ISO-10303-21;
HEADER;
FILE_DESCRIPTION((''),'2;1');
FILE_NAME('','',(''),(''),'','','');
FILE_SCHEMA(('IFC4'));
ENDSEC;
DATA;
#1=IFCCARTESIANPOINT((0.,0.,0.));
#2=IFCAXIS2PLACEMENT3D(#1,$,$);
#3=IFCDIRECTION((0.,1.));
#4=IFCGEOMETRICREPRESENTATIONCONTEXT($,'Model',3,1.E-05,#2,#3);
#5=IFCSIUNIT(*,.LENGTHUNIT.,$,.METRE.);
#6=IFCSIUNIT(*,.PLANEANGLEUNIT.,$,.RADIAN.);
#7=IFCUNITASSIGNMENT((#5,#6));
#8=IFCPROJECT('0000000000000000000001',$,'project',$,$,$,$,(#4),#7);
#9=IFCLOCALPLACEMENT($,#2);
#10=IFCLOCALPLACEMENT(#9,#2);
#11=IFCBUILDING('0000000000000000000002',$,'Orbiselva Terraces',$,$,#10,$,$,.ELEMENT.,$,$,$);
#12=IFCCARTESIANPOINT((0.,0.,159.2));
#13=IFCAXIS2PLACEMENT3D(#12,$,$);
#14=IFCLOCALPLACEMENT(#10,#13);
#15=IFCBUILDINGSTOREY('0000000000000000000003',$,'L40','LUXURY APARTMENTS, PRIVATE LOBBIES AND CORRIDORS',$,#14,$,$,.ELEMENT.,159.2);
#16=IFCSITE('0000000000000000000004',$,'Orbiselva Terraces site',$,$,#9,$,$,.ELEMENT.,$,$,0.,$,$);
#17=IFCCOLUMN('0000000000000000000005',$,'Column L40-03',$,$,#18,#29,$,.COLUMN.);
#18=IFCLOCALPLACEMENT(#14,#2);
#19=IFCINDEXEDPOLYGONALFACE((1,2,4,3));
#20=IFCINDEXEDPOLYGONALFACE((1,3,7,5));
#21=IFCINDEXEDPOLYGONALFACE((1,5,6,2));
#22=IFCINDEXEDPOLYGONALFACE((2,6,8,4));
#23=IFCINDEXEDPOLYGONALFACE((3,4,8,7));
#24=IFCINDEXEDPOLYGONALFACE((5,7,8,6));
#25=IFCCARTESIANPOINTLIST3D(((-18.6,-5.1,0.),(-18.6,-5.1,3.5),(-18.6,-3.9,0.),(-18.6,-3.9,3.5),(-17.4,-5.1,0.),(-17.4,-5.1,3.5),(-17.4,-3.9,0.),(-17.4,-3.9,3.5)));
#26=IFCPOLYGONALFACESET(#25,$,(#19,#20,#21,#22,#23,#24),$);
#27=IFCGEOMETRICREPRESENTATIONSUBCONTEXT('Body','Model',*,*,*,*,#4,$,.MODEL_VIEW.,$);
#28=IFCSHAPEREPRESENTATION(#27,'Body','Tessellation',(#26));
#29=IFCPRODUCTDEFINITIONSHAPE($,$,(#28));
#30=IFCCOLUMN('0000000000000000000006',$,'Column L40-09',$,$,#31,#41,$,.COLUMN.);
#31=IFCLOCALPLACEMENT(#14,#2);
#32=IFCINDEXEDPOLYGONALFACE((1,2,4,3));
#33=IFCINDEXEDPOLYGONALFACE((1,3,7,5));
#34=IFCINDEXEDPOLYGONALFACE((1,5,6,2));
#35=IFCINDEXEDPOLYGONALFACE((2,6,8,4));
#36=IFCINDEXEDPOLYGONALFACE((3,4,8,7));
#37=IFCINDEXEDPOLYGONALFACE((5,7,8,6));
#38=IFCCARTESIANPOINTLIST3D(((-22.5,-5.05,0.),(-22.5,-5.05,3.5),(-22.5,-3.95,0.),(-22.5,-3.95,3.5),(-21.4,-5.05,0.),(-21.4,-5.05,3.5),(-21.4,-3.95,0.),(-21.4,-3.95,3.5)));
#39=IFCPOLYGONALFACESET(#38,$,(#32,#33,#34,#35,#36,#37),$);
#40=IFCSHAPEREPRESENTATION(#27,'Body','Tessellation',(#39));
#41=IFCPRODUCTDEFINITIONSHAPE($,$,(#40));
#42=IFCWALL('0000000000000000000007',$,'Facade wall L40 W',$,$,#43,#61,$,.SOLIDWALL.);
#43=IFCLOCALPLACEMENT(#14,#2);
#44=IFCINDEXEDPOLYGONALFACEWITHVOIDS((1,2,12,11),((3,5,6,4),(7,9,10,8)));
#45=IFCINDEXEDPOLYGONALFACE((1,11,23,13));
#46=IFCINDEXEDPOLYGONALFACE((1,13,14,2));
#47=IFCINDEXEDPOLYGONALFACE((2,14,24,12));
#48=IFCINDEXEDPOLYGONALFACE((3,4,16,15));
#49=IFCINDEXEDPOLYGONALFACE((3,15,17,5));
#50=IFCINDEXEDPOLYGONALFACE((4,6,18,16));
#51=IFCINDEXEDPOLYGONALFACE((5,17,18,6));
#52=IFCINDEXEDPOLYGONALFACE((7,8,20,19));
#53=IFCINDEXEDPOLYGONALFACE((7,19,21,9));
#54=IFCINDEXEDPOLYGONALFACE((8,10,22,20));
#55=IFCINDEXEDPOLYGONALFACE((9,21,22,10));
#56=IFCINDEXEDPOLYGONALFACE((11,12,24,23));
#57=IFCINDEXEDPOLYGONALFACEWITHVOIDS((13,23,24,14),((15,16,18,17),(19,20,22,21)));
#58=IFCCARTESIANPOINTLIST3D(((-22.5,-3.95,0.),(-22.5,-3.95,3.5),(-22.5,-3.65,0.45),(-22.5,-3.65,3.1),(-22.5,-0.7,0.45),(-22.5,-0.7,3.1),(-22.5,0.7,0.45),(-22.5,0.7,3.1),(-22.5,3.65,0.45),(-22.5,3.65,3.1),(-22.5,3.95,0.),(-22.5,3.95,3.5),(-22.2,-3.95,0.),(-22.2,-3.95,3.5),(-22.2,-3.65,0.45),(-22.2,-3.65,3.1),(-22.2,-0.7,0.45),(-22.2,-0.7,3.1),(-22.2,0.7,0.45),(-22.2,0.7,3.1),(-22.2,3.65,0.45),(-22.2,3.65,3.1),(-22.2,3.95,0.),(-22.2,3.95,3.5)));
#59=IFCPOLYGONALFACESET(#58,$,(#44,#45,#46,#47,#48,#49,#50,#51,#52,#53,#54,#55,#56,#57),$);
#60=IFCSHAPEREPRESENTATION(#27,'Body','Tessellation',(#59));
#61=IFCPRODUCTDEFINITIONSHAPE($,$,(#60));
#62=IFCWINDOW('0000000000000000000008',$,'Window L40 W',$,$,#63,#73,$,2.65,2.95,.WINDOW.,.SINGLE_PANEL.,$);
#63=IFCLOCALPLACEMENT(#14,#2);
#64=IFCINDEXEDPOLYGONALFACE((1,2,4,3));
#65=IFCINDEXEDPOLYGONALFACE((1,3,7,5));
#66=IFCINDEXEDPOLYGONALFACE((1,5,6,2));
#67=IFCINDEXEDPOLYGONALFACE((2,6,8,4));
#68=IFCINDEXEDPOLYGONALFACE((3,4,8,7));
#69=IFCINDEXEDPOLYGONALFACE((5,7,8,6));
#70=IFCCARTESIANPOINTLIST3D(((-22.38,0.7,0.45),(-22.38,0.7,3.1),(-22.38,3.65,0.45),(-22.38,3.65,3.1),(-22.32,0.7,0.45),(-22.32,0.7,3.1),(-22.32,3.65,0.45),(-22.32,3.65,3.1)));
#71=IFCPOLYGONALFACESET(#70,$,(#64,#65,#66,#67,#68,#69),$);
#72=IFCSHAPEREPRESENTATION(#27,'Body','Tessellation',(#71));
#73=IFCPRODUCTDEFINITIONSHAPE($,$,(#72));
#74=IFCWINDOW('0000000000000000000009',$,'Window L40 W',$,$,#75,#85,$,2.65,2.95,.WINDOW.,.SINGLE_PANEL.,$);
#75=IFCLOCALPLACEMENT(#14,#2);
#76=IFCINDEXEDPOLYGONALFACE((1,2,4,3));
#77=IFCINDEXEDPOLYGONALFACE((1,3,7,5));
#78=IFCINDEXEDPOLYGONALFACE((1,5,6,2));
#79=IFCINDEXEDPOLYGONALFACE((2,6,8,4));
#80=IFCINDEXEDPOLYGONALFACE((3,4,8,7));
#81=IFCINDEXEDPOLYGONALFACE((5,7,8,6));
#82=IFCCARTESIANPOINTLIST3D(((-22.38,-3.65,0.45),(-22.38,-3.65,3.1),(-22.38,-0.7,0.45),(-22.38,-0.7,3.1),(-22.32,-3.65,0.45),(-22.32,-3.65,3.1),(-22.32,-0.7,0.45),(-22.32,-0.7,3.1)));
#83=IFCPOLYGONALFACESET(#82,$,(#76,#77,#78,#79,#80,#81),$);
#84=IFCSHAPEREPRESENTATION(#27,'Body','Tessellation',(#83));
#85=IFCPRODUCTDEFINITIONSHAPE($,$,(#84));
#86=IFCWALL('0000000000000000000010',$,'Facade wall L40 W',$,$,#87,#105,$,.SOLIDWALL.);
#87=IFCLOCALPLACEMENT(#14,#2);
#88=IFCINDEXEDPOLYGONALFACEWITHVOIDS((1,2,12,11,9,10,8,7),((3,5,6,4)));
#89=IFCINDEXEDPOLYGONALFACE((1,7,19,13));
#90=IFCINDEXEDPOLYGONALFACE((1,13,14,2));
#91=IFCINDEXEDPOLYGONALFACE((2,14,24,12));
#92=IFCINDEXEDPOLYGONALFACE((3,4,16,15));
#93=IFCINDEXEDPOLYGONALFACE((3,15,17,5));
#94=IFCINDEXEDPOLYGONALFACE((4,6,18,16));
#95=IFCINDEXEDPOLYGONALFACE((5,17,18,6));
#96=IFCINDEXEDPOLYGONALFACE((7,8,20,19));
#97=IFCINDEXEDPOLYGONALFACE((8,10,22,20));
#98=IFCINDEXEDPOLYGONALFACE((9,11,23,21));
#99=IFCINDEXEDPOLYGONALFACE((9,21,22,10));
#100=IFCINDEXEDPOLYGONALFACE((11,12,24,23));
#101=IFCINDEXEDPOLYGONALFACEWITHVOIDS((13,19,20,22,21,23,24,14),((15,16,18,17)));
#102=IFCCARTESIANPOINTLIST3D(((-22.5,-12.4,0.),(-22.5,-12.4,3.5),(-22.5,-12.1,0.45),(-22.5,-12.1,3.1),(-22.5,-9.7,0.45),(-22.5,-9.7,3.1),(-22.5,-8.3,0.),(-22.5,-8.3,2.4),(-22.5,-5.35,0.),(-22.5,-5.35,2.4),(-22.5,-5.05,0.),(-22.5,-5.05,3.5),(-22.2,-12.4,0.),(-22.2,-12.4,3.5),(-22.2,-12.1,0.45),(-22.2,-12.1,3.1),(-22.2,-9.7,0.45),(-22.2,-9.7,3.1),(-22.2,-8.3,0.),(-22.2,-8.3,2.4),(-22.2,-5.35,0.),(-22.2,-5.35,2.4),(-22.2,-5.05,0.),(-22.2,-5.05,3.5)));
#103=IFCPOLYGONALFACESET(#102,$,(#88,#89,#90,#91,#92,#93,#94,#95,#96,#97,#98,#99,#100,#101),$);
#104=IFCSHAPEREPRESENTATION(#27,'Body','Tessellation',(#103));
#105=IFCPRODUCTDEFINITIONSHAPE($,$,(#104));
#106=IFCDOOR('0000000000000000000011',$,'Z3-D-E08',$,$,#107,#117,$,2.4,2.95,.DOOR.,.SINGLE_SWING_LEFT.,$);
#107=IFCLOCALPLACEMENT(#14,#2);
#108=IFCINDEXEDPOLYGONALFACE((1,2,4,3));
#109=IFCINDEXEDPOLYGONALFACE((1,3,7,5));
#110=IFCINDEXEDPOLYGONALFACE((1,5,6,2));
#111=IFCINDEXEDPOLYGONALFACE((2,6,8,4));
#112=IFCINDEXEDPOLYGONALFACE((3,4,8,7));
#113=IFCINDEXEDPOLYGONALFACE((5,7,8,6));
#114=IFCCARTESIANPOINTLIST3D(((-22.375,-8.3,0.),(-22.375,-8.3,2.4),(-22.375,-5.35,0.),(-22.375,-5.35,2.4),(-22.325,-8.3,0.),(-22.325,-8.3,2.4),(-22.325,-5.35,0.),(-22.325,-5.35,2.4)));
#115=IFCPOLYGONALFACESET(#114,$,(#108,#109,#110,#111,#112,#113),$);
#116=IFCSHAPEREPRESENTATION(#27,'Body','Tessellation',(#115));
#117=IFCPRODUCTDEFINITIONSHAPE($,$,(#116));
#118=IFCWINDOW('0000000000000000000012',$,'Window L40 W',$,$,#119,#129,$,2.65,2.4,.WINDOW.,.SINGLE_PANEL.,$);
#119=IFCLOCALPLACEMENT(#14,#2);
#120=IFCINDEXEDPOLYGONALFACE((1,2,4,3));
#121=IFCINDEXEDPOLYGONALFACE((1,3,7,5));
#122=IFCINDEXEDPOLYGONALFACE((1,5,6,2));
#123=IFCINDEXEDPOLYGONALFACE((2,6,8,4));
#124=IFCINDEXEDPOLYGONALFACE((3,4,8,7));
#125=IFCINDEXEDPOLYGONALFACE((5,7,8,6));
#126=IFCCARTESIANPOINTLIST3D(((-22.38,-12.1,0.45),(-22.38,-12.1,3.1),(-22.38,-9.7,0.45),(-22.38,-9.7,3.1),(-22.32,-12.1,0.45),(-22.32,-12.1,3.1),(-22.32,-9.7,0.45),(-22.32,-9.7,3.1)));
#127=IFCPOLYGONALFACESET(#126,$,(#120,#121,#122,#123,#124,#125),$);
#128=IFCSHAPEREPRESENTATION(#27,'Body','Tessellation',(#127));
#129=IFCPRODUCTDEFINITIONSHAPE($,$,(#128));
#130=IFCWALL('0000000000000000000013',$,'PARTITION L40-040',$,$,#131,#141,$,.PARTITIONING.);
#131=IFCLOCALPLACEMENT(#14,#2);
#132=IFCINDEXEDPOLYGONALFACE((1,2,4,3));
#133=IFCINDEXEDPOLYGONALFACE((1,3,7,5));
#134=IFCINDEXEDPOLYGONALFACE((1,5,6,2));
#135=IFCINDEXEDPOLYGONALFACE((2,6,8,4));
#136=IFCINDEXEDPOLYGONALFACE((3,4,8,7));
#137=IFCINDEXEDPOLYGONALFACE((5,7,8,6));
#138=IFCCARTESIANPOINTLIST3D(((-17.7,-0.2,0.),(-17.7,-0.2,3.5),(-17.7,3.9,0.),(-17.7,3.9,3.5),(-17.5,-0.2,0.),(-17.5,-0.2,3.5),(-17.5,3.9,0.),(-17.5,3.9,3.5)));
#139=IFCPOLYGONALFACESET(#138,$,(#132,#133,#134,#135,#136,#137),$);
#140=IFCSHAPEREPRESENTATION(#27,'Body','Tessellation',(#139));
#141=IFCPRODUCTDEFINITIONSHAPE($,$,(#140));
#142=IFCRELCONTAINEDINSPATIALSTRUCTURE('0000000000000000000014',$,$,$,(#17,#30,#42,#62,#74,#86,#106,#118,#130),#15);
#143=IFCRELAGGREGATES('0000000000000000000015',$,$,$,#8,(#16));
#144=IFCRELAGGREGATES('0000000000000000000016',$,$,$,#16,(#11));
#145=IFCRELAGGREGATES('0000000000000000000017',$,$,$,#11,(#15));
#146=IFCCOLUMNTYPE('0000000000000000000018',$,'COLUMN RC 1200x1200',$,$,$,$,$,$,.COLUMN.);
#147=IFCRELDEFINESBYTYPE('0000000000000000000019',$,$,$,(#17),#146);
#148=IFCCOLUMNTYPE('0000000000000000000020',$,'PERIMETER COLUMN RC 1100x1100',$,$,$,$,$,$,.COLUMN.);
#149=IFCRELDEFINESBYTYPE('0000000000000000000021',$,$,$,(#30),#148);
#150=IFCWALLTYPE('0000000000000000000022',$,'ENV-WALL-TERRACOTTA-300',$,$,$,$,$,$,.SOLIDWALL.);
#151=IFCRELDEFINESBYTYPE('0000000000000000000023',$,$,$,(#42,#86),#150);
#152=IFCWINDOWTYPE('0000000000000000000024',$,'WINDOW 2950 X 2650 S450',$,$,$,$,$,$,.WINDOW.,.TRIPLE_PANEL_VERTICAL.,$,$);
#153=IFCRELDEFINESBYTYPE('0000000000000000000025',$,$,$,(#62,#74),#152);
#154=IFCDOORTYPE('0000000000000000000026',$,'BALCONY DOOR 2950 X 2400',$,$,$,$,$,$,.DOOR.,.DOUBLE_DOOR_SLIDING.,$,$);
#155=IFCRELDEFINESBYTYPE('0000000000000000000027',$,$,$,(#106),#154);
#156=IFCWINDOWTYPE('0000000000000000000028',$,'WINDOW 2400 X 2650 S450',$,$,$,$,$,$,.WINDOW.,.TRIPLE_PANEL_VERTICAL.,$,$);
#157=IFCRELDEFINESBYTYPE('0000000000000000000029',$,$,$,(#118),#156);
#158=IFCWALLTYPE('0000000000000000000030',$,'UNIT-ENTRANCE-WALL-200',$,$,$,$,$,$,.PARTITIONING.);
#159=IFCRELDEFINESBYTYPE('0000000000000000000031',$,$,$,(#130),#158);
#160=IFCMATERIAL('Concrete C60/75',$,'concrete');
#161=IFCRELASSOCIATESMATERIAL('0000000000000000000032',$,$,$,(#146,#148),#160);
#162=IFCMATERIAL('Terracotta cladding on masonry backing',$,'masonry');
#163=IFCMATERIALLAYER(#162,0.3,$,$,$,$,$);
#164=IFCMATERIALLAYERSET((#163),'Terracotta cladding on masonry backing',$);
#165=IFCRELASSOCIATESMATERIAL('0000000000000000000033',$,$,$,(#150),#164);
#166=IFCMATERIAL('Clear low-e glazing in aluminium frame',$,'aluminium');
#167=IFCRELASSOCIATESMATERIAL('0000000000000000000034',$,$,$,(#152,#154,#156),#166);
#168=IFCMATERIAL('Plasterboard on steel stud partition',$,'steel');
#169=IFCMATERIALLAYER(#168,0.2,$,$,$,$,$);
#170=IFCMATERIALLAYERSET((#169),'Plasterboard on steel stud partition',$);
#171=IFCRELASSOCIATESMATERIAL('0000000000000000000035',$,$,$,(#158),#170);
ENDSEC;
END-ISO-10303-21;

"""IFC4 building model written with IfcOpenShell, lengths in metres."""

from ifc_helpers import new_model, si_unit, direction, frame, frame_2d, origin, origin_2d, place, context, subcontext, project, spatial, rectangle, extrude, material, layer, layer_set, material_profile, profile_set, type_object, element, fill, save


model = new_model("IFC4")

# Units and contexts
model_context = context("Model", 3, precision=1e-05, world=origin(), true_north=direction((0.0, 1.0)))
body_context = subcontext(model_context, "Body", "Model", "MODEL_VIEW")
ifc_project = project(units=[si_unit("LENGTHUNIT", "METRE"), si_unit("PLANEANGLEUNIT", "RADIAN")], contexts=[model_context])

# Site, building, storey
site_placement = place(None, origin())
site = spatial("IfcSite", under=ifc_project, at=site_placement, Name="Orbiselva Terraces site", CompositionType="ELEMENT", RefElevation=0.0)
building_placement = place(site_placement, origin())
building = spatial("IfcBuilding", under=site, at=building_placement, Name="Orbiselva Terraces", CompositionType="ELEMENT")
storey_placement = place(building_placement, frame((0.0, 0.0, 159.2)))
storey = spatial("IfcBuildingStorey", under=building, at=storey_placement, Name="L40", Description="LUXURY APARTMENTS, PRIVATE LOBBIES AND CORRIDORS", CompositionType="ELEMENT", Elevation=159.2)

# Columns
ifc_material_1 = material(Name="Concrete C60/75", Category="concrete")
ifc_material_profile_1 = material_profile(ifc_material_1, rectangle(XDim=1.2, YDim=1.2, at=origin_2d()), Name="RC 1200x1200")
ifc_profile_set_1 = profile_set([ifc_material_profile_1], Name="Concrete C60/75")
column_type_1 = type_object("IfcColumnType", Name="COLUMN RC 1200x1200", PredefinedType="COLUMN", material=ifc_profile_set_1)
column_1_placement = place(storey_placement, frame((-18.0, -4.5, 0.0), z_axis=(0.0, 0.0, 1.0), x_axis=(1.0, 0.0, 0.0)))
element("IfcColumn", 1, at=column_1_placement, inside=storey, type_object=column_type_1, Name="Column L40-03", PredefinedType="COLUMN", context=body_context, shape_type="SweptSolid", body=[
    extrude(rectangle(XDim=1.2, YDim=1.2, at=origin_2d()), origin(), (0.0, 0.0, 1.0), 3.5),
])
ifc_material_profile_2 = material_profile(ifc_material_1, rectangle(XDim=1.1, YDim=1.1, at=origin_2d()), Name="RC 1100x1100")
ifc_profile_set_2 = profile_set([ifc_material_profile_2], Name="Concrete C60/75")
column_type_2 = type_object("IfcColumnType", Name="PERIMETER COLUMN RC 1100x1100", PredefinedType="COLUMN", material=ifc_profile_set_2)
column_2_placement = place(storey_placement, frame((-21.95, -4.5, 0.0), z_axis=(0.0, 0.0, 1.0), x_axis=(1.0, 0.0, 0.0)))
element("IfcColumn", 2, at=column_2_placement, inside=storey, type_object=column_type_2, Name="Column L40-09", PredefinedType="COLUMN", context=body_context, shape_type="SweptSolid", body=[
    extrude(rectangle(XDim=1.1, YDim=1.1, at=origin_2d()), origin(), (0.0, 0.0, 1.0), 3.5),
])

# Wall, openings, windows
ifc_material_2 = material(Name="Terracotta cladding on masonry backing", Category="masonry")
ifc_layer_1 = layer(ifc_material_2, 0.3)
ifc_layer_set_1 = layer_set([ifc_layer_1], Name="Terracotta cladding on masonry backing")
wall_type_1 = type_object("IfcWallType", Name="ENV-WALL-TERRACOTTA-300", PredefinedType="SOLIDWALL", material=ifc_layer_set_1)
wall_1_placement = place(storey_placement, frame((-22.35, -3.95, 0.0), z_axis=(0.0, 0.0, 1.0), x_axis=(0.0, 1.0, 0.0)))
wall_1 = element("IfcWall", 3, at=wall_1_placement, inside=storey, type_object=wall_type_1, Name="Facade wall L40 W", PredefinedType="SOLIDWALL", context=body_context, shape_type="SweptSolid", body=[
    extrude(rectangle(XDim=7.9, YDim=0.3, at=frame_2d((3.95, 0.0))), origin(), (0.0, 0.0, 1.0), 3.5),
])
opening_1_placement = place(wall_1_placement, frame((4.65, 0.0, 0.45)))
opening_1 = element("IfcOpeningElement", 4, at=opening_1_placement, cuts=wall_1, PredefinedType="OPENING", context=body_context, shape_type="SweptSolid", body=[
    extrude(rectangle(XDim=2.95, YDim=2.65, at=frame_2d((1.475, 1.325))), frame((0.0, 0.16, 0.0), z_axis=(0.0, -1.0, 0.0), x_axis=(1.0, 0.0, 0.0)), (0.0, 0.0, 1.0), 0.32),
])
opening_2_placement = place(wall_1_placement, frame((0.3, 0.0, 0.45)))
opening_2 = element("IfcOpeningElement", 5, at=opening_2_placement, cuts=wall_1, PredefinedType="OPENING", context=body_context, shape_type="SweptSolid", body=[
    extrude(rectangle(XDim=2.95, YDim=2.65, at=frame_2d((1.475, 1.325))), frame((0.0, 0.16, 0.0), z_axis=(0.0, -1.0, 0.0), x_axis=(1.0, 0.0, 0.0)), (0.0, 0.0, 1.0), 0.32),
])
ifc_material_3 = material(Name="Clear low-e glazing in aluminium frame", Category="aluminium")
window_type_1 = type_object("IfcWindowType", Name="WINDOW 2950 X 2650 S450", PartitioningType="TRIPLE_PANEL_VERTICAL", PredefinedType="WINDOW", material=ifc_material_3)
window_1_placement = place(opening_1_placement, origin())
window_1 = element("IfcWindow", 6, at=window_1_placement, inside=storey, type_object=window_type_1, Name="Window L40 W", OverallHeight=2.65, OverallWidth=2.95, PartitioningType="SINGLE_PANEL", PredefinedType="WINDOW", context=body_context, shape_type="SweptSolid", body=[
    extrude(rectangle(XDim=2.95, YDim=2.65, at=frame_2d((1.475, 1.325))), frame((0.0, 0.03, 0.0), z_axis=(0.0, -1.0, 0.0), x_axis=(1.0, 0.0, 0.0)), (0.0, 0.0, 1.0), 0.06),
])
fill(opening_1, window_1)
window_2_placement = place(opening_2_placement, origin())
window_2 = element("IfcWindow", 7, at=window_2_placement, inside=storey, type_object=window_type_1, Name="Window L40 W", OverallHeight=2.65, OverallWidth=2.95, PartitioningType="SINGLE_PANEL", PredefinedType="WINDOW", context=body_context, shape_type="SweptSolid", body=[
    extrude(rectangle(XDim=2.95, YDim=2.65, at=frame_2d((1.475, 1.325))), frame((0.0, 0.03, 0.0), z_axis=(0.0, -1.0, 0.0), x_axis=(1.0, 0.0, 0.0)), (0.0, 0.0, 1.0), 0.06),
])
fill(opening_2, window_2)

# Wall, openings, door, window
wall_2_placement = place(storey_placement, frame((-22.35, -12.4, 0.0), z_axis=(0.0, 0.0, 1.0), x_axis=(0.0, 1.0, 0.0)))
wall_2 = element("IfcWall", 8, at=wall_2_placement, inside=storey, type_object=wall_type_1, Name="Facade wall L40 W", PredefinedType="SOLIDWALL", context=body_context, shape_type="SweptSolid", body=[
    extrude(rectangle(XDim=7.35, YDim=0.3, at=frame_2d((3.675, 0.0))), origin(), (0.0, 0.0, 1.0), 3.5),
])
opening_3_placement = place(wall_2_placement, frame((4.1, 0.0, 0.0)))
opening_3 = element("IfcOpeningElement", 9, at=opening_3_placement, cuts=wall_2, PredefinedType="OPENING", context=body_context, shape_type="SweptSolid", body=[
    extrude(rectangle(XDim=2.95, YDim=2.4, at=frame_2d((1.475, 1.2))), frame((0.0, 0.16, 0.0), z_axis=(0.0, -1.0, 0.0), x_axis=(1.0, 0.0, 0.0)), (0.0, 0.0, 1.0), 0.32),
])
opening_4_placement = place(wall_2_placement, frame((0.3, 0.0, 0.45)))
opening_4 = element("IfcOpeningElement", 10, at=opening_4_placement, cuts=wall_2, PredefinedType="OPENING", context=body_context, shape_type="SweptSolid", body=[
    extrude(rectangle(XDim=2.4, YDim=2.65, at=frame_2d((1.2, 1.325))), frame((0.0, 0.16, 0.0), z_axis=(0.0, -1.0, 0.0), x_axis=(1.0, 0.0, 0.0)), (0.0, 0.0, 1.0), 0.32),
])
door_type_1 = type_object("IfcDoorType", Name="BALCONY DOOR 2950 X 2400", OperationType="DOUBLE_DOOR_SLIDING", PredefinedType="DOOR", material=ifc_material_3)
door_1_placement = place(opening_3_placement, origin())
door_1 = element("IfcDoor", 11, at=door_1_placement, inside=storey, type_object=door_type_1, Name="Z3-D-E08", OperationType="SINGLE_SWING_LEFT", OverallHeight=2.4, OverallWidth=2.95, PredefinedType="DOOR", context=body_context, shape_type="SweptSolid", body=[
    extrude(rectangle(XDim=2.95, YDim=2.4, at=frame_2d((1.475, 1.2))), frame((0.0, 0.025, 0.0), z_axis=(0.0, -1.0, 0.0), x_axis=(1.0, 0.0, 0.0)), (0.0, 0.0, 1.0), 0.05),
])
fill(opening_3, door_1)
window_type_2 = type_object("IfcWindowType", Name="WINDOW 2400 X 2650 S450", PartitioningType="TRIPLE_PANEL_VERTICAL", PredefinedType="WINDOW", material=ifc_material_3)
window_3_placement = place(opening_4_placement, origin())
window_3 = element("IfcWindow", 12, at=window_3_placement, inside=storey, type_object=window_type_2, Name="Window L40 W", OverallHeight=2.65, OverallWidth=2.4, PartitioningType="SINGLE_PANEL", PredefinedType="WINDOW", context=body_context, shape_type="SweptSolid", body=[
    extrude(rectangle(XDim=2.4, YDim=2.65, at=frame_2d((1.2, 1.325))), frame((0.0, 0.03, 0.0), z_axis=(0.0, -1.0, 0.0), x_axis=(1.0, 0.0, 0.0)), (0.0, 0.0, 1.0), 0.06),
])
fill(opening_4, window_3)

# Wall
ifc_material_4 = material(Name="Plasterboard on steel stud partition", Category="steel")
ifc_layer_2 = layer(ifc_material_4, 0.2)
ifc_layer_set_2 = layer_set([ifc_layer_2], Name="Plasterboard on steel stud partition")
wall_type_2 = type_object("IfcWallType", Name="UNIT-ENTRANCE-WALL-200", PredefinedType="PARTITIONING", material=ifc_layer_set_2)
wall_3_placement = place(storey_placement, frame((-17.6, -0.2, 0.0), z_axis=(0.0, 0.0, 1.0), x_axis=(0.0, 1.0, 0.0)))
element("IfcWall", 13, at=wall_3_placement, inside=storey, type_object=wall_type_2, Name="PARTITION L40-040", PredefinedType="PARTITIONING", context=body_context, shape_type="SweptSolid", body=[
    extrude(rectangle(XDim=4.1, YDim=0.2, at=frame_2d((2.05, 0.0))), origin(), (0.0, 0.0, 1.0), 3.5),
])

save(model, "model.ifc")
